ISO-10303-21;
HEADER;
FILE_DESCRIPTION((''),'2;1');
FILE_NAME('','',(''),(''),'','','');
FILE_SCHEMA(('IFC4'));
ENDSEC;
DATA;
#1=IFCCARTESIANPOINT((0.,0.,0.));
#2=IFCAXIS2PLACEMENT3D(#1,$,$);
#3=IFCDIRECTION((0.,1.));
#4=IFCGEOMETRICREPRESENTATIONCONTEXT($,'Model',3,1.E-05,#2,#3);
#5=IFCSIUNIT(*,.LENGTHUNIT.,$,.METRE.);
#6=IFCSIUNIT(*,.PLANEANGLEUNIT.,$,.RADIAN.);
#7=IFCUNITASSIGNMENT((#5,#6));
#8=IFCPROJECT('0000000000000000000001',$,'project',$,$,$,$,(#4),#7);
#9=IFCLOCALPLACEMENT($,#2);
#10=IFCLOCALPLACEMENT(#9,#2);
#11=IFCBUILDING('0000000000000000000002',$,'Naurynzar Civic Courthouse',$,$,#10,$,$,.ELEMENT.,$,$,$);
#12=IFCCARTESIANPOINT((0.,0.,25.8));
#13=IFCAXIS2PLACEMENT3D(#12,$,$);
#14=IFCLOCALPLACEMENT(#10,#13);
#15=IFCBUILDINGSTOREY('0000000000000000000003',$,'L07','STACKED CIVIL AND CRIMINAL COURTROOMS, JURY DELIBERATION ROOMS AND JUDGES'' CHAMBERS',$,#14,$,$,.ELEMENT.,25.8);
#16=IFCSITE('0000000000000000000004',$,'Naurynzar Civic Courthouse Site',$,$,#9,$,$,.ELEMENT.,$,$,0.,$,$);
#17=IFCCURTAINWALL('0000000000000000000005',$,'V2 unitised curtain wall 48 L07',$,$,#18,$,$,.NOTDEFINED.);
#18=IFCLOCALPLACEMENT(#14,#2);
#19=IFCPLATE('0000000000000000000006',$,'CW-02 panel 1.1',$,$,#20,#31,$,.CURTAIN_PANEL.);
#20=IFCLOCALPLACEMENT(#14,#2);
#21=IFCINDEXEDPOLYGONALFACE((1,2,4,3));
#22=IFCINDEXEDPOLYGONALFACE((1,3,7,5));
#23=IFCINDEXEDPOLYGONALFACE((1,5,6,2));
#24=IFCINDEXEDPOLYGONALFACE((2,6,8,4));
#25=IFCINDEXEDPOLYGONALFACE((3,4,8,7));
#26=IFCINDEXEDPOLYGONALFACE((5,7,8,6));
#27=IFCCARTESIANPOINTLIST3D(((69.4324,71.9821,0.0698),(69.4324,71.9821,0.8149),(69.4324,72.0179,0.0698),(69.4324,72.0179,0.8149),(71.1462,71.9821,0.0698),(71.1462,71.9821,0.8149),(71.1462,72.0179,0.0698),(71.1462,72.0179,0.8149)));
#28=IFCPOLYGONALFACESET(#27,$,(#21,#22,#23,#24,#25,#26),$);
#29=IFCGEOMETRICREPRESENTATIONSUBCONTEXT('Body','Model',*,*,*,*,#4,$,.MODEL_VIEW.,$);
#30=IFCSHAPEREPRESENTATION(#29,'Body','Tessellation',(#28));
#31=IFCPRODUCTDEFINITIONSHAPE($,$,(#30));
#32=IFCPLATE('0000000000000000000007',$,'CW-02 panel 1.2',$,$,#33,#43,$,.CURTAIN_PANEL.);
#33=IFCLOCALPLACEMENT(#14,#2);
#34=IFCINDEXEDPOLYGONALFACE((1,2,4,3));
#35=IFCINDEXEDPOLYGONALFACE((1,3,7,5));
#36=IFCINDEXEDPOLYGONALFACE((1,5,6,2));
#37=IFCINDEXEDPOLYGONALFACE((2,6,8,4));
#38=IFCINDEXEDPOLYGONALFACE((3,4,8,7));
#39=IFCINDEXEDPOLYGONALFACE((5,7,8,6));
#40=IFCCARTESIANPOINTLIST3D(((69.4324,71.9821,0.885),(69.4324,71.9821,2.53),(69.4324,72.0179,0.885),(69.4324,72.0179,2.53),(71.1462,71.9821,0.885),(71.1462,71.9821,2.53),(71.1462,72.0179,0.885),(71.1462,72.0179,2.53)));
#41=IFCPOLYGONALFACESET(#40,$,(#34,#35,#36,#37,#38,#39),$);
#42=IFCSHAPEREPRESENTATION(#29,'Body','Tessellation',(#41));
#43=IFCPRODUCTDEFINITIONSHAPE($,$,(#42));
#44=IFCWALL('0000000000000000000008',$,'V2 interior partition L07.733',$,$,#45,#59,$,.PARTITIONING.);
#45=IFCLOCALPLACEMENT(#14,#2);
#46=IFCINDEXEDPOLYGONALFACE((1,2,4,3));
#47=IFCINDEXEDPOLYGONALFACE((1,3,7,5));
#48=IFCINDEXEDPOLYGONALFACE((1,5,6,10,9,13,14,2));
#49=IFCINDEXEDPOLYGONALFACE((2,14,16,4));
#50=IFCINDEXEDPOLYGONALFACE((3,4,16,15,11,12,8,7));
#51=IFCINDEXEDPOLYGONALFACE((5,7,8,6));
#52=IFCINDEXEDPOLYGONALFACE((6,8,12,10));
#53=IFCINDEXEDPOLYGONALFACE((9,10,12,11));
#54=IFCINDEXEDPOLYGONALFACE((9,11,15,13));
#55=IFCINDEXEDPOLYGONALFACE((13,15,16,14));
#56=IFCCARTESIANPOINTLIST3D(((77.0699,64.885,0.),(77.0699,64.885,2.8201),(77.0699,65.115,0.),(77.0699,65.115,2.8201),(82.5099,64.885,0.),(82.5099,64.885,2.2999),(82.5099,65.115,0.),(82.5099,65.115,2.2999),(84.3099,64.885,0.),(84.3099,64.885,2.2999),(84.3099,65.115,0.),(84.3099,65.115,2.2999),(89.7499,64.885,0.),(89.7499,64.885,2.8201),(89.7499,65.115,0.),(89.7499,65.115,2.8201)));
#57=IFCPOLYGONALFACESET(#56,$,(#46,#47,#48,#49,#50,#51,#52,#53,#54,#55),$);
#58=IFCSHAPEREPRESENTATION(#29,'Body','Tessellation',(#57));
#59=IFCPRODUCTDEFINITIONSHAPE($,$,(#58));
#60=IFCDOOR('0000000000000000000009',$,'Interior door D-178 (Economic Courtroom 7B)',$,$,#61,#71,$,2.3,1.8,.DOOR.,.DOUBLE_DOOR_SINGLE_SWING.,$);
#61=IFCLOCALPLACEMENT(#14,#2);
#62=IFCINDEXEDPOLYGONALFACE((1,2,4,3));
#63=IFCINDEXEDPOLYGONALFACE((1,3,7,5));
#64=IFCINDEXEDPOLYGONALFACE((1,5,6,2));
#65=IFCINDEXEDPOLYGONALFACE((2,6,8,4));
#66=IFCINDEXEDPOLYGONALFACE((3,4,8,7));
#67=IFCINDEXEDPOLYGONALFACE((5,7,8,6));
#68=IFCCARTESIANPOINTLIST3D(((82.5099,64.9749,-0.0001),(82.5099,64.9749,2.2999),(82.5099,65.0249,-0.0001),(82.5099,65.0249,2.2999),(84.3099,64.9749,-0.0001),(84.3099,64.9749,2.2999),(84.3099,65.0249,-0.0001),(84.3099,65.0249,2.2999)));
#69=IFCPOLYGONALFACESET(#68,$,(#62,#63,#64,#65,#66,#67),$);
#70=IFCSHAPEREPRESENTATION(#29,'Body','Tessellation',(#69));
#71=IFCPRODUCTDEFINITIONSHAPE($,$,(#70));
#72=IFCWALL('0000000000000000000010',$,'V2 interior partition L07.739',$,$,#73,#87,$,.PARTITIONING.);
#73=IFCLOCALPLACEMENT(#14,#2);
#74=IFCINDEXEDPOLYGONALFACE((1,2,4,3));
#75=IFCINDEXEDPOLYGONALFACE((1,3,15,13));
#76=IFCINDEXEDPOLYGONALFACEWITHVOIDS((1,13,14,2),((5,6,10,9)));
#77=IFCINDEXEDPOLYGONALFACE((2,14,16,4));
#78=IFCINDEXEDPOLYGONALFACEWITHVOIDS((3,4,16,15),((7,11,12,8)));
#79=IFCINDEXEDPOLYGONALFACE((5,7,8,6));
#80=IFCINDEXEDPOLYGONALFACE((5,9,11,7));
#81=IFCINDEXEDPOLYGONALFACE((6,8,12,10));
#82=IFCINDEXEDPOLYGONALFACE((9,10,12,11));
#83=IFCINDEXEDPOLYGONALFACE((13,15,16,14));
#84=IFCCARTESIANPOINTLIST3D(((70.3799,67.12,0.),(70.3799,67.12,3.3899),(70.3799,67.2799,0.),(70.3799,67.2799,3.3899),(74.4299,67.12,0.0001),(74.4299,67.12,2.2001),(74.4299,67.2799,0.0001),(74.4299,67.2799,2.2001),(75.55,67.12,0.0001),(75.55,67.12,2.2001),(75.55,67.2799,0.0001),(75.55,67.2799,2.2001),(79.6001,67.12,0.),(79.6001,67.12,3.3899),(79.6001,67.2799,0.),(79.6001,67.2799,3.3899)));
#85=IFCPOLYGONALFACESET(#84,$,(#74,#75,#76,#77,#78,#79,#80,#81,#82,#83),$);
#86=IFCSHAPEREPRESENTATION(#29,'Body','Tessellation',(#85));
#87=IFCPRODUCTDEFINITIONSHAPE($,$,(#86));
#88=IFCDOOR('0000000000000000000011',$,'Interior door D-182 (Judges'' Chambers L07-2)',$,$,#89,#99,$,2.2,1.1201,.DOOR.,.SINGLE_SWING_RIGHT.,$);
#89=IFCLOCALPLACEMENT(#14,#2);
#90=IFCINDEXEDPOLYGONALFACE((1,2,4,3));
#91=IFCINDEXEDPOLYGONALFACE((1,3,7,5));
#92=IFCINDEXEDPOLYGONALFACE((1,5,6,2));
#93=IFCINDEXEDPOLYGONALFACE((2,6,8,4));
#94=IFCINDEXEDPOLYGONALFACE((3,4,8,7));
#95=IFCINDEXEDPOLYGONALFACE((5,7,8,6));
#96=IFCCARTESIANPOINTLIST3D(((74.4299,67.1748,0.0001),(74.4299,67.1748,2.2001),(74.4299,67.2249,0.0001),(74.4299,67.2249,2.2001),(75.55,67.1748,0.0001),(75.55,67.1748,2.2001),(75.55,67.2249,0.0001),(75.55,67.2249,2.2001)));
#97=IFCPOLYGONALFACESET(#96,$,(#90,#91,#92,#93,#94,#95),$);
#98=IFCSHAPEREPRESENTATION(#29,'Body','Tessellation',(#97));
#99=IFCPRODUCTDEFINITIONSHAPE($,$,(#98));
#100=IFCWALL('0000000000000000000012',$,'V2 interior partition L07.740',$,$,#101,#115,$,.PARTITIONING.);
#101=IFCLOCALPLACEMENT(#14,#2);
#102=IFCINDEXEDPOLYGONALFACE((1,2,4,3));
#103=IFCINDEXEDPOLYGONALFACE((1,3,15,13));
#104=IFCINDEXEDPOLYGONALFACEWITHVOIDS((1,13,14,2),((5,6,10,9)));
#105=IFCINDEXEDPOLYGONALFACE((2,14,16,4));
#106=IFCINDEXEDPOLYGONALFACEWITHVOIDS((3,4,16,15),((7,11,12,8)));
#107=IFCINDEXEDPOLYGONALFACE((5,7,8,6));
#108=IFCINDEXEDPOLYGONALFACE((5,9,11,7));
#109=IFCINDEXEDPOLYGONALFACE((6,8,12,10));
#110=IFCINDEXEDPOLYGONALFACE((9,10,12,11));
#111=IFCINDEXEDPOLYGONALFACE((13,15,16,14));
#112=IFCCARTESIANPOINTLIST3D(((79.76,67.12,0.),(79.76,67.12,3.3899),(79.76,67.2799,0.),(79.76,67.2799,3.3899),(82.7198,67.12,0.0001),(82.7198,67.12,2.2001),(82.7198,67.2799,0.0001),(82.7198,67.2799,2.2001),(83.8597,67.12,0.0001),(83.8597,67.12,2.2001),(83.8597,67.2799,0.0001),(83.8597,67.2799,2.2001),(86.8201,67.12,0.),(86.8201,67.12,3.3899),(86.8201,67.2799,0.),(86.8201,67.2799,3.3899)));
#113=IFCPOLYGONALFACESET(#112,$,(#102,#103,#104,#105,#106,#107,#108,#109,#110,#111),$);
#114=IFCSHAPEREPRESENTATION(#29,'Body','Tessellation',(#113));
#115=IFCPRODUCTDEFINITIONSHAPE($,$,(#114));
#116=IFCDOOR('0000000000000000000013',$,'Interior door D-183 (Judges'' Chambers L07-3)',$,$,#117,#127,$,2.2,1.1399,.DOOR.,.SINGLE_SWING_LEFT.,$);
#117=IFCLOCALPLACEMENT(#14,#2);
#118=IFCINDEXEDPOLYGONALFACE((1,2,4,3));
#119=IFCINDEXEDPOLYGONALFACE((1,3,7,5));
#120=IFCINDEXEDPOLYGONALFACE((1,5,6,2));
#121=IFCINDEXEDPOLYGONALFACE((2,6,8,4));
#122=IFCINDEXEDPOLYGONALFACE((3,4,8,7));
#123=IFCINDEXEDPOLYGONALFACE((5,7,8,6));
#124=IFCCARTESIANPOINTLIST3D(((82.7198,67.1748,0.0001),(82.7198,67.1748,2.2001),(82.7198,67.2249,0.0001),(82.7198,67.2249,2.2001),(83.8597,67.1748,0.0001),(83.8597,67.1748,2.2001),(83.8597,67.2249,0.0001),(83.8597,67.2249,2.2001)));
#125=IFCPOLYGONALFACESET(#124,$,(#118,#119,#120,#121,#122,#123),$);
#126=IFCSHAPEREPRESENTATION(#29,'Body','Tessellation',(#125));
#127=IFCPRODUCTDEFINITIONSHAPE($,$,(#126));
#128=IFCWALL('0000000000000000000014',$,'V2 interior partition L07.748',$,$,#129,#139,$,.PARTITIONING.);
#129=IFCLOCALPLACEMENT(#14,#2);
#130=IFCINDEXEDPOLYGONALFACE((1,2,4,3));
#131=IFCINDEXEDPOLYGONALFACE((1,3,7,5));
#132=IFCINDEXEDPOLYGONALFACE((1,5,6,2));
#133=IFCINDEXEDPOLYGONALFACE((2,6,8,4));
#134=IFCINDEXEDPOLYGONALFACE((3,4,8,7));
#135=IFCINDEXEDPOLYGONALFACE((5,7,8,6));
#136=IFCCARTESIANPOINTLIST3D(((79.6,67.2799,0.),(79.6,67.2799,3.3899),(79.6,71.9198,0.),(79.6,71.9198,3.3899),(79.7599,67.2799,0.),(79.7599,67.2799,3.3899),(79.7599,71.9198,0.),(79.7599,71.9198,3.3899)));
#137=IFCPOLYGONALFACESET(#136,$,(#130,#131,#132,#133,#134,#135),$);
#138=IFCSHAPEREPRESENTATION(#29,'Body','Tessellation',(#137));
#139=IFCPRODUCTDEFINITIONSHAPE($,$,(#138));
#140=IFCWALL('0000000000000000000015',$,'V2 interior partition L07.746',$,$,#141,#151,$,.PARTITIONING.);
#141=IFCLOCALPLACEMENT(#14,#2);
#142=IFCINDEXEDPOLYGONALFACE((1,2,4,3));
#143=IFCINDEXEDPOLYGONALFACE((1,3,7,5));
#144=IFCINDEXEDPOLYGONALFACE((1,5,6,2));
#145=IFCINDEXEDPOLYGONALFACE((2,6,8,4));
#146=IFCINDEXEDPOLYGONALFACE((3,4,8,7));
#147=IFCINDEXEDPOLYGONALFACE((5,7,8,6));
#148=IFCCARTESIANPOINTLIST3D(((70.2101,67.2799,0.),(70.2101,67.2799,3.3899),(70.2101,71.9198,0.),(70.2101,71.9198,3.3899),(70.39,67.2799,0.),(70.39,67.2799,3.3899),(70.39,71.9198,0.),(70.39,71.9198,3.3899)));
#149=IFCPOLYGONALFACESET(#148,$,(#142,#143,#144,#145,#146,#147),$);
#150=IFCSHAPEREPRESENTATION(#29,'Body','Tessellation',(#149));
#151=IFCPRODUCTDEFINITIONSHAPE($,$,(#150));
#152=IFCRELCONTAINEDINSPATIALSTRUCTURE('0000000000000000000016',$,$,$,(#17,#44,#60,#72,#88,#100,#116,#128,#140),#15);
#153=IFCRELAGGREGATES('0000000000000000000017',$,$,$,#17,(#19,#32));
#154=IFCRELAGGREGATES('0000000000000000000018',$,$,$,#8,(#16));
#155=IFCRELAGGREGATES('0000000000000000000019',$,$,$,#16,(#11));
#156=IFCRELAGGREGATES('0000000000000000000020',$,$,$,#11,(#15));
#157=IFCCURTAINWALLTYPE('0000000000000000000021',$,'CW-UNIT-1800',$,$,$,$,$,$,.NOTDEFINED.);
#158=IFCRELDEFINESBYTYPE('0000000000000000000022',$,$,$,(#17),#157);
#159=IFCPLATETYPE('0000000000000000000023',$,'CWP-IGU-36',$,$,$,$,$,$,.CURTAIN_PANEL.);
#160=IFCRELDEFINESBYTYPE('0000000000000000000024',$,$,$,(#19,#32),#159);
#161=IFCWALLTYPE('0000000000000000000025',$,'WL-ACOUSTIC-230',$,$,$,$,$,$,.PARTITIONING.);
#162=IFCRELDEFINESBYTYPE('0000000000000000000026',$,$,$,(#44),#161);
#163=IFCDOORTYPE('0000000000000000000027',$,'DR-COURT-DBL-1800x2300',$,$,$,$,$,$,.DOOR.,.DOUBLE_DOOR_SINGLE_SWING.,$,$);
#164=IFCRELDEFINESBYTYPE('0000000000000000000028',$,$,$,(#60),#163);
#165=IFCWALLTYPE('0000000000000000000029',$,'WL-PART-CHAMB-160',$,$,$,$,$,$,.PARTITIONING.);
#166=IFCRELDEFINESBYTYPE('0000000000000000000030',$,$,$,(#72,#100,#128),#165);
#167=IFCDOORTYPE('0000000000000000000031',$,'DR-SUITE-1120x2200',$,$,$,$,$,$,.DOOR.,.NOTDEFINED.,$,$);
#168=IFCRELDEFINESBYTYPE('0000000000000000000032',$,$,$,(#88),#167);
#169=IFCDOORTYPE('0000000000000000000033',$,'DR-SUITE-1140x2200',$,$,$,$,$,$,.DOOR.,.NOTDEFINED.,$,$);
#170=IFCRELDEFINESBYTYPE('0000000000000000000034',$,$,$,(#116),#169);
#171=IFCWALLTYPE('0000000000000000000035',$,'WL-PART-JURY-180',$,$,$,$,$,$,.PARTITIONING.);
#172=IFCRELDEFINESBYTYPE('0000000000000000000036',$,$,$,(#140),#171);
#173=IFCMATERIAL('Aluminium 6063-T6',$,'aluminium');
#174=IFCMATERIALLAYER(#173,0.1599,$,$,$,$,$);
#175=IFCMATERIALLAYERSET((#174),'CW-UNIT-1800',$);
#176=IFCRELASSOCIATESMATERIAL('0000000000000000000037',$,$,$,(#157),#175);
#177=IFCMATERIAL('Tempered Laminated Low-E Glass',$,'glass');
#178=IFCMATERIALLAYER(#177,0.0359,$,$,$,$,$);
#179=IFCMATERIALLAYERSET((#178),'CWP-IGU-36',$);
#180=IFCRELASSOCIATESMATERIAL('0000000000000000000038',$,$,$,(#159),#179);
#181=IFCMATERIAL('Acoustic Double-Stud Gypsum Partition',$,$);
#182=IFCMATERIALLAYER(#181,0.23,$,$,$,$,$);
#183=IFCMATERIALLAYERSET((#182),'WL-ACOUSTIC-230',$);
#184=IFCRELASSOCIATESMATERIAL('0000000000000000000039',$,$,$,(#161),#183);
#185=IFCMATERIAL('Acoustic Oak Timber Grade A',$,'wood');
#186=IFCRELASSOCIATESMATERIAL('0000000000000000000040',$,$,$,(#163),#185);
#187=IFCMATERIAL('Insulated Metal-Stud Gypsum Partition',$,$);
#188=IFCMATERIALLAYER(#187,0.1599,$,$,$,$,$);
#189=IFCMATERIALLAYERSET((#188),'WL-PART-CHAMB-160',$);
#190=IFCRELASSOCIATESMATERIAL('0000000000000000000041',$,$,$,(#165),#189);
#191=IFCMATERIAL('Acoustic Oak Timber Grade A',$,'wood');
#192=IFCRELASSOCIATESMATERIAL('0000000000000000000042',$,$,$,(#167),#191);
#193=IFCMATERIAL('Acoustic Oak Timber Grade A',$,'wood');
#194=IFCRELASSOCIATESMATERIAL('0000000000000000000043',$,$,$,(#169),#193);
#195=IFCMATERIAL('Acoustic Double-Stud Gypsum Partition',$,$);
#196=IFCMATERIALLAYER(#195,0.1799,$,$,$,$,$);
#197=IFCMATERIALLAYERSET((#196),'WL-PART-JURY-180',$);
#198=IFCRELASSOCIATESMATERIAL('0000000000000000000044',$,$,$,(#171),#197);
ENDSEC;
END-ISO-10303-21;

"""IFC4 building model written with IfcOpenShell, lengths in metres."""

from ifc_helpers import new_model, si_unit, direction, frame, frame_2d, origin, origin_2d, place, context, subcontext, project, spatial, rectangle, extrude, material, layer, layer_set, type_object, element, fill, aggregate, save


model = new_model("IFC4")

# Units and contexts
model_context = context("Model", 3, precision=1e-05, world=origin(), true_north=direction((0.0, 1.0)))
body_context = subcontext(model_context, "Body", "Model", "MODEL_VIEW")
ifc_project = project(units=[si_unit("LENGTHUNIT", "METRE"), si_unit("PLANEANGLEUNIT", "RADIAN")], contexts=[model_context])

# Site, building, storey
site_placement = place(None, origin())
site = spatial("IfcSite", under=ifc_project, at=site_placement, Name="Naurynzar Civic Courthouse Site", CompositionType="ELEMENT", RefElevation=0.0)
building_placement = place(site_placement, origin())
building = spatial("IfcBuilding", under=site, at=building_placement, Name="Naurynzar Civic Courthouse", CompositionType="ELEMENT")
storey_placement = place(building_placement, frame((0.0, 0.0, 25.8)))
storey = spatial("IfcBuildingStorey", under=building, at=storey_placement, Name="L07", Description="STACKED CIVIL AND CRIMINAL COURTROOMS, JURY DELIBERATION ROOMS AND JUDGES' CHAMBERS", CompositionType="ELEMENT", Elevation=25.8)

# Curtain wall, plates
ifc_material_1 = material(Name="Aluminium 6063-T6", Category="aluminium")
ifc_layer_1 = layer(ifc_material_1, 0.1599)
ifc_layer_set_1 = layer_set([ifc_layer_1], Name="CW-UNIT-1800")
curtain_wall_type = type_object("IfcCurtainWallType", Name="CW-UNIT-1800", PredefinedType="NOTDEFINED", material=ifc_layer_set_1)
curtain_wall_placement = place(storey_placement, origin())
curtain_wall = element("IfcCurtainWall", 1, at=curtain_wall_placement, inside=storey, type_object=curtain_wall_type, Name="V2 unitised curtain wall 48 L07", PredefinedType="NOTDEFINED")
ifc_material_2 = material(Name="Tempered Laminated Low-E Glass", Category="glass")
ifc_layer_2 = layer(ifc_material_2, 0.0359)
ifc_layer_set_2 = layer_set([ifc_layer_2], Name="CWP-IGU-36")
plate_type = type_object("IfcPlateType", Name="CWP-IGU-36", PredefinedType="CURTAIN_PANEL", material=ifc_layer_set_2)
plate_1_placement = place(storey_placement, frame((70.2893, 72.0, 0.0698), z_axis=(0.0, 0.0, 1.0), x_axis=(1.0, 0.0, 0.0)))
plate_1 = element("IfcPlate", 2, at=plate_1_placement, type_object=plate_type, Name="CW-02 panel 1.1", PredefinedType="CURTAIN_PANEL", context=body_context, shape_type="SweptSolid", body=[
    extrude(rectangle(XDim=1.7139, YDim=0.0359, at=origin_2d()), origin(), (0.0, 0.0, 1.0), 0.7451),
])
plate_2_placement = place(storey_placement, frame((70.2893, 72.0, 0.885), z_axis=(0.0, 0.0, 1.0), x_axis=(1.0, 0.0, 0.0)))
plate_2 = element("IfcPlate", 3, at=plate_2_placement, type_object=plate_type, Name="CW-02 panel 1.2", PredefinedType="CURTAIN_PANEL", context=body_context, shape_type="SweptSolid", body=[
    extrude(rectangle(XDim=1.7139, YDim=0.0359, at=origin_2d()), origin(), (0.0, 0.0, 1.0), 1.645),
])
aggregate(curtain_wall, [plate_1, plate_2])

# Walls, openings, doors
ifc_material_3 = material(Name="Acoustic Double-Stud Gypsum Partition")
ifc_layer_3 = layer(ifc_material_3, 0.23)
ifc_layer_set_3 = layer_set([ifc_layer_3], Name="WL-ACOUSTIC-230")
wall_type_1 = type_object("IfcWallType", Name="WL-ACOUSTIC-230", PredefinedType="PARTITIONING", material=ifc_layer_set_3)
wall_1_placement = place(storey_placement, frame((77.0701, 65.0, 0.0), z_axis=(0.0, 0.0, 1.0), x_axis=(1.0, 0.0, 0.0)))
wall_1 = element("IfcWall", 4, at=wall_1_placement, inside=storey, type_object=wall_type_1, Name="V2 interior partition L07.733", PredefinedType="PARTITIONING", context=body_context, shape_type="SweptSolid", body=[
    extrude(rectangle(XDim=12.6799, YDim=0.23, at=frame_2d((6.3398, 0.0))), origin(), (0.0, 0.0, 1.0), 2.8201),
])
opening_1_placement = place(wall_1_placement, frame((5.4399, 0.0, 0.0)))
opening_1 = element("IfcOpeningElement", 5, at=opening_1_placement, cuts=wall_1, PredefinedType="OPENING", context=body_context, shape_type="SweptSolid", body=[
    extrude(rectangle(XDim=1.8, YDim=2.3, at=frame_2d((0.8999, 1.1499))), frame((0.0, 0.125, 0.0), z_axis=(0.0, -1.0, 0.0), x_axis=(1.0, 0.0, 0.0)), (0.0, 0.0, 1.0), 0.25),
])
ifc_material_4 = material(Name="Acoustic Oak Timber Grade A", Category="wood")
door_type_1 = type_object("IfcDoorType", Name="DR-COURT-DBL-1800x2300", OperationType="DOUBLE_DOOR_SINGLE_SWING", PredefinedType="DOOR", material=ifc_material_4)
door_1_placement = place(opening_1_placement, origin())
door_1 = element("IfcDoor", 6, at=door_1_placement, inside=storey, type_object=door_type_1, Name="Interior door D-178 (Economic Courtroom 7B)", OperationType="DOUBLE_DOOR_SINGLE_SWING", OverallHeight=2.3, OverallWidth=1.8, PredefinedType="DOOR", context=body_context, shape_type="SweptSolid", body=[
    extrude(rectangle(XDim=1.8, YDim=2.3, at=frame_2d((0.8999, 1.1499))), frame((0.0, 0.0249, 0.0), z_axis=(0.0, -1.0, 0.0), x_axis=(1.0, 0.0, 0.0)), (0.0, 0.0, 1.0), 0.05),
])
fill(opening_1, door_1)
ifc_material_5 = material(Name="Insulated Metal-Stud Gypsum Partition")
ifc_layer_4 = layer(ifc_material_5, 0.1599)
ifc_layer_set_4 = layer_set([ifc_layer_4], Name="WL-PART-CHAMB-160")
wall_type_2 = type_object("IfcWallType", Name="WL-PART-CHAMB-160", PredefinedType="PARTITIONING", material=ifc_layer_set_4)
wall_2_placement = place(storey_placement, frame((70.3799, 67.2, 0.0), z_axis=(0.0, 0.0, 1.0), x_axis=(1.0, 0.0, 0.0)))
wall_2 = element("IfcWall", 7, at=wall_2_placement, inside=storey, type_object=wall_type_2, Name="V2 interior partition L07.739", PredefinedType="PARTITIONING", context=body_context, shape_type="SweptSolid", body=[
    extrude(rectangle(XDim=9.2202, YDim=0.1599, at=frame_2d((4.6101, 0.0))), origin(), (0.0, 0.0, 1.0), 3.3899),
])
opening_2_placement = place(wall_2_placement, frame((4.05, 0.0, 0.0)))
opening_2 = element("IfcOpeningElement", 8, at=opening_2_placement, cuts=wall_2, PredefinedType="OPENING", context=body_context, shape_type="SweptSolid", body=[
    extrude(rectangle(XDim=1.1201, YDim=2.2, at=frame_2d((0.5601, 1.1001))), frame((0.0, 0.0898, 0.0), z_axis=(0.0, -1.0, 0.0), x_axis=(1.0, 0.0, 0.0)), (0.0, 0.0, 1.0), 0.1799),
])
ifc_material_6 = material(Name="Acoustic Oak Timber Grade A", Category="wood")
door_type_2 = type_object("IfcDoorType", Name="DR-SUITE-1120x2200", OperationType="NOTDEFINED", PredefinedType="DOOR", material=ifc_material_6)
door_2_placement = place(opening_2_placement, origin())
door_2 = element("IfcDoor", 9, at=door_2_placement, inside=storey, type_object=door_type_2, Name="Interior door D-182 (Judges' Chambers L07-2)", OperationType="SINGLE_SWING_RIGHT", OverallHeight=2.2, OverallWidth=1.1201, PredefinedType="DOOR", context=body_context, shape_type="SweptSolid", body=[
    extrude(rectangle(XDim=1.1201, YDim=2.2, at=frame_2d((0.5601, 1.1001))), frame((0.0, 0.0249, 0.0), z_axis=(0.0, -1.0, 0.0), x_axis=(1.0, 0.0, 0.0)), (0.0, 0.0, 1.0), 0.05),
])
fill(opening_2, door_2)
wall_3_placement = place(storey_placement, frame((79.76, 67.2, 0.0), z_axis=(0.0, 0.0, 1.0), x_axis=(1.0, 0.0, 0.0)))
wall_3 = element("IfcWall", 10, at=wall_3_placement, inside=storey, type_object=wall_type_2, Name="V2 interior partition L07.740", PredefinedType="PARTITIONING", context=body_context, shape_type="SweptSolid", body=[
    extrude(rectangle(XDim=7.0601, YDim=0.1599, at=frame_2d((3.53, 0.0))), origin(), (0.0, 0.0, 1.0), 3.3899),
])
opening_3_placement = place(wall_3_placement, frame((2.96, 0.0, 0.0)))
opening_3 = element("IfcOpeningElement", 11, at=opening_3_placement, cuts=wall_3, PredefinedType="OPENING", context=body_context, shape_type="SweptSolid", body=[
    extrude(rectangle(XDim=1.1399, YDim=2.2, at=frame_2d((0.5698, 1.1001))), frame((0.0, 0.0898, 0.0), z_axis=(0.0, -1.0, 0.0), x_axis=(1.0, 0.0, 0.0)), (0.0, 0.0, 1.0), 0.1799),
])
ifc_material_7 = material(Name="Acoustic Oak Timber Grade A", Category="wood")
door_type_3 = type_object("IfcDoorType", Name="DR-SUITE-1140x2200", OperationType="NOTDEFINED", PredefinedType="DOOR", material=ifc_material_7)
door_3_placement = place(opening_3_placement, origin())
door_3 = element("IfcDoor", 12, at=door_3_placement, inside=storey, type_object=door_type_3, Name="Interior door D-183 (Judges' Chambers L07-3)", OperationType="SINGLE_SWING_LEFT", OverallHeight=2.2, OverallWidth=1.1399, PredefinedType="DOOR", context=body_context, shape_type="SweptSolid", body=[
    extrude(rectangle(XDim=1.1399, YDim=2.2, at=frame_2d((0.5698, 1.1001))), frame((0.0, 0.0249, 0.0), z_axis=(0.0, -1.0, 0.0), x_axis=(1.0, 0.0, 0.0)), (0.0, 0.0, 1.0), 0.05),
])
fill(opening_3, door_3)

# Walls
wall_4_placement = place(storey_placement, frame((79.6799, 67.28, 0.0), z_axis=(0.0, 0.0, 1.0), x_axis=(0.0, 1.0, 0.0)))
element("IfcWall", 13, at=wall_4_placement, inside=storey, type_object=wall_type_2, Name="V2 interior partition L07.748", PredefinedType="PARTITIONING", context=body_context, shape_type="SweptSolid", body=[
    extrude(rectangle(XDim=4.6399, YDim=0.1599, at=frame_2d((2.3198, 0.0))), origin(), (0.0, 0.0, 1.0), 3.3899),
])
ifc_material_8 = material(Name="Acoustic Double-Stud Gypsum Partition")
ifc_layer_5 = layer(ifc_material_8, 0.1799)
ifc_layer_set_5 = layer_set([ifc_layer_5], Name="WL-PART-JURY-180")
wall_type_3 = type_object("IfcWallType", Name="WL-PART-JURY-180", PredefinedType="PARTITIONING", material=ifc_layer_set_5)
wall_5_placement = place(storey_placement, frame((70.3, 67.28, 0.0), z_axis=(0.0, 0.0, 1.0), x_axis=(0.0, 1.0, 0.0)))
element("IfcWall", 14, at=wall_5_placement, inside=storey, type_object=wall_type_3, Name="V2 interior partition L07.746", PredefinedType="PARTITIONING", context=body_context, shape_type="SweptSolid", body=[
    extrude(rectangle(XDim=4.6399, YDim=0.1799, at=frame_2d((2.3198, 0.0))), origin(), (0.0, 0.0, 1.0), 3.3899),
])

save(model, "model.ifc")
